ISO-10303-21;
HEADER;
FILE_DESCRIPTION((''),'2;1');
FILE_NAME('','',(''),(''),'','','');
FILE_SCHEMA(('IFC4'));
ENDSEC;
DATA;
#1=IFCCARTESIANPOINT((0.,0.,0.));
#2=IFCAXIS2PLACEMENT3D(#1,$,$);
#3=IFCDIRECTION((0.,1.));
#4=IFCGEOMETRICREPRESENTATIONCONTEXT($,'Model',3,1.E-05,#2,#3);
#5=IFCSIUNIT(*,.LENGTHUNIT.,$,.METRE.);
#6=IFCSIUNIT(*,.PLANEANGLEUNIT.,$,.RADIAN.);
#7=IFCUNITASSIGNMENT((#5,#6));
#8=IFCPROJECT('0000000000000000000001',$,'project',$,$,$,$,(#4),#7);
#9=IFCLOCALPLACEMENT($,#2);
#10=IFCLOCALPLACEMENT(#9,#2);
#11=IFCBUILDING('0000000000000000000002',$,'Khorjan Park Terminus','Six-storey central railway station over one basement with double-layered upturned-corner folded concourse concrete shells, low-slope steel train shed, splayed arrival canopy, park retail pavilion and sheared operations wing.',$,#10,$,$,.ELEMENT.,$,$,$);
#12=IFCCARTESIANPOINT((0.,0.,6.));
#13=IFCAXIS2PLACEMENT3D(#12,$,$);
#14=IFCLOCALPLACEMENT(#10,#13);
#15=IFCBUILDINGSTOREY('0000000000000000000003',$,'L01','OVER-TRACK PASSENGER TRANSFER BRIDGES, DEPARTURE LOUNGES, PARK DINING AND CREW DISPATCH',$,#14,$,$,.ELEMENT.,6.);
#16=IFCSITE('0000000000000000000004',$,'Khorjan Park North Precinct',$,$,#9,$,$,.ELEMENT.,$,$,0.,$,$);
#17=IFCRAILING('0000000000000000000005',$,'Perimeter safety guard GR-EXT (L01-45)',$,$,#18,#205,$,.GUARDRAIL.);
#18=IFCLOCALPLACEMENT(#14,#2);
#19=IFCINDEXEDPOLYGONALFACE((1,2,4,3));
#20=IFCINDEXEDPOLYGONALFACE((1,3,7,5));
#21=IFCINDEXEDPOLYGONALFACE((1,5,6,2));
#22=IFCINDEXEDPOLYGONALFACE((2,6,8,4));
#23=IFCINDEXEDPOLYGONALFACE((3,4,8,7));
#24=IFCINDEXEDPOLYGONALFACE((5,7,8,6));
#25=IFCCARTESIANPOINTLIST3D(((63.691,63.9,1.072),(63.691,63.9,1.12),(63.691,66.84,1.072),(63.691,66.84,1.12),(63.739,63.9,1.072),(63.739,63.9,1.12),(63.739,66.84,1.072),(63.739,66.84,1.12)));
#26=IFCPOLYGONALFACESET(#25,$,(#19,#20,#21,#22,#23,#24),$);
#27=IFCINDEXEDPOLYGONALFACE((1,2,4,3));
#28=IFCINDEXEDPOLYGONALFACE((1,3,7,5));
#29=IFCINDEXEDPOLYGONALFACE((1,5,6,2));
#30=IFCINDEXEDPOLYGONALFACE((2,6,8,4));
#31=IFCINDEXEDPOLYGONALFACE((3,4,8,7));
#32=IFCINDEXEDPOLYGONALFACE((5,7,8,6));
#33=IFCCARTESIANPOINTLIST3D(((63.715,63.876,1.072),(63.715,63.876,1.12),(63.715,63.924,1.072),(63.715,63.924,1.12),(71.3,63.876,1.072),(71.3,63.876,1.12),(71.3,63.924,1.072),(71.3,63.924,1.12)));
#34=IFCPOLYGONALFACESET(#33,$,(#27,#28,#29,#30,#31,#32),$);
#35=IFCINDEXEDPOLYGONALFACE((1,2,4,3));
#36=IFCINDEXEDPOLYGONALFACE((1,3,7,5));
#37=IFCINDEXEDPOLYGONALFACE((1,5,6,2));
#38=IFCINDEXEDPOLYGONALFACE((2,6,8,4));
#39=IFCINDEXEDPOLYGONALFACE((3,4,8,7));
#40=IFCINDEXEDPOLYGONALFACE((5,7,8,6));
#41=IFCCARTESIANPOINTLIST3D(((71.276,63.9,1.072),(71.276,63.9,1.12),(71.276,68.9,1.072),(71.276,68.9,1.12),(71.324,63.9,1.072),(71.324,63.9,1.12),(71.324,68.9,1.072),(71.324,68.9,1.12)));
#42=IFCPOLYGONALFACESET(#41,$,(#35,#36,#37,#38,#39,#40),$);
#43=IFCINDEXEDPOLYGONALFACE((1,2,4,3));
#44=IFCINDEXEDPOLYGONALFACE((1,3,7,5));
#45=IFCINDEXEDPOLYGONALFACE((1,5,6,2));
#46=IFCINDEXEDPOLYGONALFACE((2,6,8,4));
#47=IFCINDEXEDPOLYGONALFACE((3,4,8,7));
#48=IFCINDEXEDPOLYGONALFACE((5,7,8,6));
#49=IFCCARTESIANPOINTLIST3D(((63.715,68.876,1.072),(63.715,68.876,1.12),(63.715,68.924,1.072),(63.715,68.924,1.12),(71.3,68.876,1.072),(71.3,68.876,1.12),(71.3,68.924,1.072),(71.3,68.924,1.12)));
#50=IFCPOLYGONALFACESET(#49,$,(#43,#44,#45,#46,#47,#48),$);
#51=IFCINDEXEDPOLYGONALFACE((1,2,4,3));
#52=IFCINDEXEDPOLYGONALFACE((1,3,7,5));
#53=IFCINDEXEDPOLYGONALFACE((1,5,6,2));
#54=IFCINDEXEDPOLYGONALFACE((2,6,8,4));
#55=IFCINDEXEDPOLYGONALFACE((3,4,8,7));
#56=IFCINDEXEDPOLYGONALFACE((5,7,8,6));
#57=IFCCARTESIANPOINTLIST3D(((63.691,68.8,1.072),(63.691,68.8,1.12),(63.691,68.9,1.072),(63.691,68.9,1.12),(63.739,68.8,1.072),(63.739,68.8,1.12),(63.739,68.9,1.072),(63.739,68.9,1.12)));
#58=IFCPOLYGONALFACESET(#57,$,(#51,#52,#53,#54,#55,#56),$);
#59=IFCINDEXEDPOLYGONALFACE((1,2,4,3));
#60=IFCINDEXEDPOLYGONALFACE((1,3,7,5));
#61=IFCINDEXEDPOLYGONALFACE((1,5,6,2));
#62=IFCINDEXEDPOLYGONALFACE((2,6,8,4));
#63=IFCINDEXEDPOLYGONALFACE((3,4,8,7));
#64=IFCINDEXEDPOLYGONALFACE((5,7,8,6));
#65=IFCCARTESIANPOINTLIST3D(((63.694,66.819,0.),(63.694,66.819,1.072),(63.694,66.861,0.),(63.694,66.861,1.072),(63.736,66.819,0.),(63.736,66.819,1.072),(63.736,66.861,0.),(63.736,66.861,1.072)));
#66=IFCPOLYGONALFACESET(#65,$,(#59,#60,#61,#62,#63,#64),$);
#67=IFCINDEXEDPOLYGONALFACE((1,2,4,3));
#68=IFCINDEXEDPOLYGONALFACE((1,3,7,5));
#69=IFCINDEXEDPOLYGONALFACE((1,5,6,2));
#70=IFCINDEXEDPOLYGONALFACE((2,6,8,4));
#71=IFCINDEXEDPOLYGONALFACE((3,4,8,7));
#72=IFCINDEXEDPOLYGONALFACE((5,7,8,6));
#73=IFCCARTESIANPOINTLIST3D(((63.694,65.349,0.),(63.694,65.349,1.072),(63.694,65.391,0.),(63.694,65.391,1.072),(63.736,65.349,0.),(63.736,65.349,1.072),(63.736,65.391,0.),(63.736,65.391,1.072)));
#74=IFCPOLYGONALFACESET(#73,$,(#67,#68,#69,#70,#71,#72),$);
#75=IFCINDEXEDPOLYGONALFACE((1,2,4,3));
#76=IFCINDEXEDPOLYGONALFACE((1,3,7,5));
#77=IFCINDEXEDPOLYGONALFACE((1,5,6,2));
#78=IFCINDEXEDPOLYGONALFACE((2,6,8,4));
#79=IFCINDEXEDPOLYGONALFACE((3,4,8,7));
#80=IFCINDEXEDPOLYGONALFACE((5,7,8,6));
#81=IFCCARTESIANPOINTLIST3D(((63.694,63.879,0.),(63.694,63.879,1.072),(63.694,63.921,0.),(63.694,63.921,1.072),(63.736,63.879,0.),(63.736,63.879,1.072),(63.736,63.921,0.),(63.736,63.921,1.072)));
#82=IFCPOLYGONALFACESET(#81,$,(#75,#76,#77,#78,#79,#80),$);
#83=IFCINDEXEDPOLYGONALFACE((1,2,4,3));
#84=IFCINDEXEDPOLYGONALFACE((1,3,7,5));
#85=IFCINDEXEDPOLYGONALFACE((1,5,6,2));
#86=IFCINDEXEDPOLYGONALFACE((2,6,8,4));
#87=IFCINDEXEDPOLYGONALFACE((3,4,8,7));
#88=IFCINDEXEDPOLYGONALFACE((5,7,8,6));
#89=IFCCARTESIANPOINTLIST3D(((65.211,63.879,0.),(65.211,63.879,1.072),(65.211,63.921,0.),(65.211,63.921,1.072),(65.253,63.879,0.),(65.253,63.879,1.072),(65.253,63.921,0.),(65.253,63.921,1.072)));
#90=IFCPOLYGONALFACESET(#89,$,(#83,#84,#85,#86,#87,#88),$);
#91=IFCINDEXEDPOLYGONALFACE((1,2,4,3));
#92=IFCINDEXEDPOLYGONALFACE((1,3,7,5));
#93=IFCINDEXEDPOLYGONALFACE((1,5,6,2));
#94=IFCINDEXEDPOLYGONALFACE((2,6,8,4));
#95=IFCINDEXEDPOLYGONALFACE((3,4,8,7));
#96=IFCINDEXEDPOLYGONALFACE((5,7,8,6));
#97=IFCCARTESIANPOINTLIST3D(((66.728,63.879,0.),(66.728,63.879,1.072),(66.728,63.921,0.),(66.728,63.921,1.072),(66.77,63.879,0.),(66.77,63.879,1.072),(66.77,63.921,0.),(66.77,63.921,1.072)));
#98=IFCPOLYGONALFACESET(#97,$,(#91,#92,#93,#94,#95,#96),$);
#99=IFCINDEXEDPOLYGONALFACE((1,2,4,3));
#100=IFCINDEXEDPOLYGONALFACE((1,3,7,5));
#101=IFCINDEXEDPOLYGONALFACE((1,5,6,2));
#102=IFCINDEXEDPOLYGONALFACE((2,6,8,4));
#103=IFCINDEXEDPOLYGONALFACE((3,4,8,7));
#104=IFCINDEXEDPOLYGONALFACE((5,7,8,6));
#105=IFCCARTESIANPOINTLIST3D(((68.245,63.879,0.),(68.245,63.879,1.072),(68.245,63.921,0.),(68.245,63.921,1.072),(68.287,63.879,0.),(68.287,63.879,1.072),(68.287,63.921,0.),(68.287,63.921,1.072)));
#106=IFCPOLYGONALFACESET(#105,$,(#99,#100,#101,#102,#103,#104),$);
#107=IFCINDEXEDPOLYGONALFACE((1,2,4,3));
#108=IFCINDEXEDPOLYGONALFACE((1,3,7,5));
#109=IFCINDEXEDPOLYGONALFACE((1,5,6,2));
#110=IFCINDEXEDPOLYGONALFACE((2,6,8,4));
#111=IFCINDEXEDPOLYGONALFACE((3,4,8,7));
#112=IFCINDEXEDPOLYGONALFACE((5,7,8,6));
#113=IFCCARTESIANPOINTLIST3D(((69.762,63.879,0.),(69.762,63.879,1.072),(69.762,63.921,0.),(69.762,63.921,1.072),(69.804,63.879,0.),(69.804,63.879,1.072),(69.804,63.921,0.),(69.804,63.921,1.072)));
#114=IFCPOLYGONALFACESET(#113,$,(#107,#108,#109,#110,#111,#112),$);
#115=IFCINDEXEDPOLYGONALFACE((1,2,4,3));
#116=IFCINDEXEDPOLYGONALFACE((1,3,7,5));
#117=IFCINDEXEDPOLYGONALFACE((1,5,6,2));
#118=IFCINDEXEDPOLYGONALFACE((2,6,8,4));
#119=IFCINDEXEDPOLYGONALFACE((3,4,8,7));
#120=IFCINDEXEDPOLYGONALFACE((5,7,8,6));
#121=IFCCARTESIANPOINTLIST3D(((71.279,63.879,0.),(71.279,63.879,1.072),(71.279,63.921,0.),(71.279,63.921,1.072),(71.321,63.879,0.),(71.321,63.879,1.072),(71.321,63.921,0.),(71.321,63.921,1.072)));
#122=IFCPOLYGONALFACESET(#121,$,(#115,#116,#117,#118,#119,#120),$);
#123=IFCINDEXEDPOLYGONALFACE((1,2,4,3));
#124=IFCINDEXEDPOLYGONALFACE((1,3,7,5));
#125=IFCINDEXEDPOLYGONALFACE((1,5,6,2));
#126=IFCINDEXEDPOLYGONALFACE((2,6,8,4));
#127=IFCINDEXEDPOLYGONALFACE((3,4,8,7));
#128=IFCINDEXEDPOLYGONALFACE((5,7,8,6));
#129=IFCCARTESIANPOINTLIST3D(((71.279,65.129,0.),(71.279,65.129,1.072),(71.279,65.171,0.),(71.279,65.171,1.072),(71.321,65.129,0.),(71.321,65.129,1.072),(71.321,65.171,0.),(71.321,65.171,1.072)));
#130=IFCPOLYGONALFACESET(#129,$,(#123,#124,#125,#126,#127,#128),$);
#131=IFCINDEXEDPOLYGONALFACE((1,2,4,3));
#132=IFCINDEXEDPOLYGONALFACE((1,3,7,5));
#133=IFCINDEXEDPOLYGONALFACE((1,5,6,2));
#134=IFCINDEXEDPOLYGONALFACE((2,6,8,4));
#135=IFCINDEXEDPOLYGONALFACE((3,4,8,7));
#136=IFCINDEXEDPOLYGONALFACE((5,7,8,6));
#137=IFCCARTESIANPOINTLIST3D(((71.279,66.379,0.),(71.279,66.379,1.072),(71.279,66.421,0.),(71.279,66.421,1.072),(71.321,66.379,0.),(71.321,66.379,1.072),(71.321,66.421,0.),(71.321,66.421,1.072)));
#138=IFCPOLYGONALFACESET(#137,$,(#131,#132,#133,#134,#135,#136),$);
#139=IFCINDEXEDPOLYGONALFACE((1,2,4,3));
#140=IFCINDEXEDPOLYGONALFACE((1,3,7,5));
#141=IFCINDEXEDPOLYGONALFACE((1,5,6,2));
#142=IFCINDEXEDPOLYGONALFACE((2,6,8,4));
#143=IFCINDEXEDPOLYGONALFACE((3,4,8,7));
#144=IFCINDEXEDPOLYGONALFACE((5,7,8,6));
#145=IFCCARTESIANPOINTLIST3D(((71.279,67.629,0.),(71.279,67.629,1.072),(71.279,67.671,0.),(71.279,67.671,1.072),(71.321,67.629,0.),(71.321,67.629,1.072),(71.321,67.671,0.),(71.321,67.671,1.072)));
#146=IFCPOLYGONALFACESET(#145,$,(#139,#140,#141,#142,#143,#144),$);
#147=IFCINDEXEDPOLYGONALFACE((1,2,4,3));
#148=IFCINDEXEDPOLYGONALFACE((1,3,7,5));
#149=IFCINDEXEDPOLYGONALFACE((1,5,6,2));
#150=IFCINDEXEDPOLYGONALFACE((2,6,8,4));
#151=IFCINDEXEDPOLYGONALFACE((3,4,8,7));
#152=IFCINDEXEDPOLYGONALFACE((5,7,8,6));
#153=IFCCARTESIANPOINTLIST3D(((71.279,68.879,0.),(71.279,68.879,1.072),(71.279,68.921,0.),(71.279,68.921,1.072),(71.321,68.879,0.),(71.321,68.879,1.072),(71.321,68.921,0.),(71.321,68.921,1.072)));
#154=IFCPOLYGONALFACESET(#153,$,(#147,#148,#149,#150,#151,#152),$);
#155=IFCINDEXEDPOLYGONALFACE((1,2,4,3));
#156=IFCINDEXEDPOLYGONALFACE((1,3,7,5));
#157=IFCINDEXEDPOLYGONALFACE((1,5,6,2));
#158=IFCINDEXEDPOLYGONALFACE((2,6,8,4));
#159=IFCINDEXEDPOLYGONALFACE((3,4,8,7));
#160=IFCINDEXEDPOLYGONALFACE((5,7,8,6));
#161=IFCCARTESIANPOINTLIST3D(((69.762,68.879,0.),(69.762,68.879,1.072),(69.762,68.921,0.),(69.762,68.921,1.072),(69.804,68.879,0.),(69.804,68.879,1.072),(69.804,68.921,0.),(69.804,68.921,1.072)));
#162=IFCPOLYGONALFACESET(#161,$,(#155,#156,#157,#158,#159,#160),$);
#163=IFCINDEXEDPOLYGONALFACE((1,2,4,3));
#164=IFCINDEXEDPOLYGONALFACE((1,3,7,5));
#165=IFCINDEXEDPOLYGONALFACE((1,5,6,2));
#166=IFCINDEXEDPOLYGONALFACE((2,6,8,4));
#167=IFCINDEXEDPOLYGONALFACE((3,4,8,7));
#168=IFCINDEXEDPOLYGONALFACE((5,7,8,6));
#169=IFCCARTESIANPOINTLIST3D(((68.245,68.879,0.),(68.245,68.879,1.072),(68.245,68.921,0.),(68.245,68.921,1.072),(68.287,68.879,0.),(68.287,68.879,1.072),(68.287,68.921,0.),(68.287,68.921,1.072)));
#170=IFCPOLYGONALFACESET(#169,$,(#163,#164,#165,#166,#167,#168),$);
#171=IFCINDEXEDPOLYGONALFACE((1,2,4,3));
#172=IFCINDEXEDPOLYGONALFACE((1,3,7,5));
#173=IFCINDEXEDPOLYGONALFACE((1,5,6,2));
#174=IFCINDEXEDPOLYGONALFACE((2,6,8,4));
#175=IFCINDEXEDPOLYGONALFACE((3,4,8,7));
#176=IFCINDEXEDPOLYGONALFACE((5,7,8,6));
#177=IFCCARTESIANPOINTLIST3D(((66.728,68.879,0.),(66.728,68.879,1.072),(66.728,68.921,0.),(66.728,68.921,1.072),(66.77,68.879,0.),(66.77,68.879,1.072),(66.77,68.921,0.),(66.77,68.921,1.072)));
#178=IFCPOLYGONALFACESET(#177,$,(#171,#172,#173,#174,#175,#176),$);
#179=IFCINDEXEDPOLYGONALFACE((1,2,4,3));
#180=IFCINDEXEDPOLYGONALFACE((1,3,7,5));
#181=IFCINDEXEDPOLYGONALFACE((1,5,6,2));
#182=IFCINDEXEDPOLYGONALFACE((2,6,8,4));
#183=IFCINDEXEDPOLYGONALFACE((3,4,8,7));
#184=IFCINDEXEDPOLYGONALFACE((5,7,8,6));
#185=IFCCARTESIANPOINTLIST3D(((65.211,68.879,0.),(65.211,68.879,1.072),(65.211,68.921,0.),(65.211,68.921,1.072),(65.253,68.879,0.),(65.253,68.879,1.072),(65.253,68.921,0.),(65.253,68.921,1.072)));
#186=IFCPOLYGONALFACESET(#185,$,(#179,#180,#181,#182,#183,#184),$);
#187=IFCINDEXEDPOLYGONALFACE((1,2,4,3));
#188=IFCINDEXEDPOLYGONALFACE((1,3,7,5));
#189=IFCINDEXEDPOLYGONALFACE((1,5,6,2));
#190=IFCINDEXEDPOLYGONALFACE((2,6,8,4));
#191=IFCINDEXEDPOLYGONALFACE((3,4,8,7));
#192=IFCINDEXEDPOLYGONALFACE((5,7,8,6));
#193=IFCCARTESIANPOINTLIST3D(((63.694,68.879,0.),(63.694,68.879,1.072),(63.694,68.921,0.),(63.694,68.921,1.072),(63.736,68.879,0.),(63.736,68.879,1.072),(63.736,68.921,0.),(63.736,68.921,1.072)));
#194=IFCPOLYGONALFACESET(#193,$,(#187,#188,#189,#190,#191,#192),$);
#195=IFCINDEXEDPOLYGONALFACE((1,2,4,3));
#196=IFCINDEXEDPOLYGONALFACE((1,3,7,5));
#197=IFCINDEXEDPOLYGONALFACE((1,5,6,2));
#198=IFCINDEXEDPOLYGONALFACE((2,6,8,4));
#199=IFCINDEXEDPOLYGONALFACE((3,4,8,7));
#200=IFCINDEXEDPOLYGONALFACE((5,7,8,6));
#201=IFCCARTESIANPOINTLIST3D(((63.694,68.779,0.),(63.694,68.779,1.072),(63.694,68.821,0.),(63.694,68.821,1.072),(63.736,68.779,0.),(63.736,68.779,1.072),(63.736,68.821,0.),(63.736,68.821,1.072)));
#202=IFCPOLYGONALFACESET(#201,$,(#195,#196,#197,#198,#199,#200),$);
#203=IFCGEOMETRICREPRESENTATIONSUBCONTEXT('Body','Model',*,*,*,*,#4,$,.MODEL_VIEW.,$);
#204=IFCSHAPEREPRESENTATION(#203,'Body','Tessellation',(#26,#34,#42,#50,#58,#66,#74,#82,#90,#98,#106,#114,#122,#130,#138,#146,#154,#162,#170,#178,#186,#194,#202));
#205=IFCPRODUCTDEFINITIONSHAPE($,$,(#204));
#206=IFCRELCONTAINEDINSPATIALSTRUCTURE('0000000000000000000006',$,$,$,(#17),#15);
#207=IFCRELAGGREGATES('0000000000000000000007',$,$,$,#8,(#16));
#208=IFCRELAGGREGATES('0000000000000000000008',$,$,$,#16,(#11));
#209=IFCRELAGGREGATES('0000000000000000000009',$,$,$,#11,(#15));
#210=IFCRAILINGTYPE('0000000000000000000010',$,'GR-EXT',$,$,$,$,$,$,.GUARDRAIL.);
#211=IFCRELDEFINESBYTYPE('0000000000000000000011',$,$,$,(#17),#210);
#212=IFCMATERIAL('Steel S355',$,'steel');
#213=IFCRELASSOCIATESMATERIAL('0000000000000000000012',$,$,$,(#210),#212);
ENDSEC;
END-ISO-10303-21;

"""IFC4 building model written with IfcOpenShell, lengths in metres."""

from ifc_helpers import new_model, si_unit, direction, frame, origin, origin_2d, place, context, subcontext, project, spatial, rectangle, extrude, material, type_object, element, save


model = new_model("IFC4")

# Units and contexts
model_context = context("Model", 3, precision=1e-05, world=origin(), true_north=direction((0.0, 1.0)))
body_context = subcontext(model_context, "Body", "Model", "MODEL_VIEW")
ifc_project = project(units=[si_unit("LENGTHUNIT", "METRE"), si_unit("PLANEANGLEUNIT", "RADIAN")], contexts=[model_context])

# Site, building, storey
site_placement = place(None, origin())
site = spatial("IfcSite", under=ifc_project, at=site_placement, Name="Khorjan Park North Precinct", CompositionType="ELEMENT", RefElevation=0.0)
building_placement = place(site_placement, origin())
building = spatial("IfcBuilding", under=site, at=building_placement, Name="Khorjan Park Terminus", Description="Six-storey central railway station over one basement with double-layered upturned-corner folded concourse concrete shells, low-slope steel train shed, splayed arrival canopy, park retail pavilion and sheared operations wing.", CompositionType="ELEMENT")
storey_placement = place(building_placement, frame((0.0, 0.0, 6.0)))
storey = spatial("IfcBuildingStorey", under=building, at=storey_placement, Name="L01", Description="OVER-TRACK PASSENGER TRANSFER BRIDGES, DEPARTURE LOUNGES, PARK DINING AND CREW DISPATCH", CompositionType="ELEMENT", Elevation=6.0)

# Shared definitions
ifc_material_1 = material(Name="Steel S355", Category="steel")

# Railing
railing_type_1 = type_object("IfcRailingType", Name="GR-EXT", PredefinedType="GUARDRAIL", material=ifc_material_1)
railing_1_placement = place(storey_placement, frame((63.715, 66.84, 0.0)))
element("IfcRailing", 1, at=railing_1_placement, inside=storey, type_object=railing_type_1, Name="Perimeter safety guard GR-EXT (L01-45)", PredefinedType="GUARDRAIL", context=body_context, shape_type="SweptSolid", body=[
    extrude(rectangle(XDim=0.048, YDim=0.048, at=origin_2d()), frame((0.0, 0.0, 1.096), z_axis=(0.0, -1.0, 0.0), x_axis=(1.0, 0.0, 0.0)), (0.0, 0.0, 1.0), 2.94),
    extrude(rectangle(XDim=0.048, YDim=0.048, at=origin_2d()), frame((0.0, -2.94, 1.096), z_axis=(1.0, 0.0, 0.0), x_axis=(0.0, 1.0, 0.0)), (0.0, 0.0, 1.0), 7.585),
    extrude(rectangle(XDim=0.048, YDim=0.048, at=origin_2d()), frame((7.585, -2.94, 1.096), z_axis=(0.0, 1.0, 0.0), x_axis=(-1.0, 0.0, 0.0)), (0.0, 0.0, 1.0), 5.0),
    extrude(rectangle(XDim=0.048, YDim=0.048, at=origin_2d()), frame((7.585, 2.06, 1.096), z_axis=(-1.0, 0.0, 0.0), x_axis=(0.0, -1.0, 0.0)), (0.0, 0.0, 1.0), 7.585),
    extrude(rectangle(XDim=0.048, YDim=0.048, at=origin_2d()), frame((0.0, 2.06, 1.096), z_axis=(0.0, -1.0, 0.0), x_axis=(1.0, 0.0, 0.0)), (0.0, 0.0, 1.0), 0.1),
    extrude(rectangle(XDim=0.042, YDim=0.042, at=origin_2d()), origin(), (0.0, 0.0, 1.0), 1.072),
    extrude(rectangle(XDim=0.042, YDim=0.042, at=origin_2d()), frame((0.0, -1.47, 0.0)), (0.0, 0.0, 1.0), 1.072),
    extrude(rectangle(XDim=0.042, YDim=0.042, at=origin_2d()), frame((0.0, -2.94, 0.0)), (0.0, 0.0, 1.0), 1.072),
    extrude(rectangle(XDim=0.042, YDim=0.042, at=origin_2d()), frame((1.517, -2.94, 0.0)), (0.0, 0.0, 1.0), 1.072),
    extrude(rectangle(XDim=0.042, YDim=0.042, at=origin_2d()), frame((3.034, -2.94, 0.0)), (0.0, 0.0, 1.0), 1.072),
    extrude(rectangle(XDim=0.042, YDim=0.042, at=origin_2d()), frame((4.551, -2.94, 0.0)), (0.0, 0.0, 1.0), 1.072),
    extrude(rectangle(XDim=0.042, YDim=0.042, at=origin_2d()), frame((6.068, -2.94, 0.0)), (0.0, 0.0, 1.0), 1.072),
    extrude(rectangle(XDim=0.042, YDim=0.042, at=origin_2d()), frame((7.585, -2.94, 0.0)), (0.0, 0.0, 1.0), 1.072),
    extrude(rectangle(XDim=0.042, YDim=0.042, at=origin_2d()), frame((7.585, -1.69, 0.0)), (0.0, 0.0, 1.0), 1.072),
    extrude(rectangle(XDim=0.042, YDim=0.042, at=origin_2d()), frame((7.585, -0.44, 0.0)), (0.0, 0.0, 1.0), 1.072),
    extrude(rectangle(XDim=0.042, YDim=0.042, at=origin_2d()), frame((7.585, 0.81, 0.0)), (0.0, 0.0, 1.0), 1.072),
    extrude(rectangle(XDim=0.042, YDim=0.042, at=origin_2d()), frame((7.585, 2.06, 0.0)), (0.0, 0.0, 1.0), 1.072),
    extrude(rectangle(XDim=0.042, YDim=0.042, at=origin_2d()), frame((6.068, 2.06, 0.0)), (0.0, 0.0, 1.0), 1.072),
    extrude(rectangle(XDim=0.042, YDim=0.042, at=origin_2d()), frame((4.551, 2.06, 0.0)), (0.0, 0.0, 1.0), 1.072),
    extrude(rectangle(XDim=0.042, YDim=0.042, at=origin_2d()), frame((3.034, 2.06, 0.0)), (0.0, 0.0, 1.0), 1.072),
    extrude(rectangle(XDim=0.042, YDim=0.042, at=origin_2d()), frame((1.517, 2.06, 0.0)), (0.0, 0.0, 1.0), 1.072),
    extrude(rectangle(XDim=0.042, YDim=0.042, at=origin_2d()), frame((0.0, 2.06, 0.0)), (0.0, 0.0, 1.0), 1.072),
    extrude(rectangle(XDim=0.042, YDim=0.042, at=origin_2d()), frame((0.0, 1.96, 0.0)), (0.0, 0.0, 1.0), 1.072),
])

save(model, "model.ifc")
